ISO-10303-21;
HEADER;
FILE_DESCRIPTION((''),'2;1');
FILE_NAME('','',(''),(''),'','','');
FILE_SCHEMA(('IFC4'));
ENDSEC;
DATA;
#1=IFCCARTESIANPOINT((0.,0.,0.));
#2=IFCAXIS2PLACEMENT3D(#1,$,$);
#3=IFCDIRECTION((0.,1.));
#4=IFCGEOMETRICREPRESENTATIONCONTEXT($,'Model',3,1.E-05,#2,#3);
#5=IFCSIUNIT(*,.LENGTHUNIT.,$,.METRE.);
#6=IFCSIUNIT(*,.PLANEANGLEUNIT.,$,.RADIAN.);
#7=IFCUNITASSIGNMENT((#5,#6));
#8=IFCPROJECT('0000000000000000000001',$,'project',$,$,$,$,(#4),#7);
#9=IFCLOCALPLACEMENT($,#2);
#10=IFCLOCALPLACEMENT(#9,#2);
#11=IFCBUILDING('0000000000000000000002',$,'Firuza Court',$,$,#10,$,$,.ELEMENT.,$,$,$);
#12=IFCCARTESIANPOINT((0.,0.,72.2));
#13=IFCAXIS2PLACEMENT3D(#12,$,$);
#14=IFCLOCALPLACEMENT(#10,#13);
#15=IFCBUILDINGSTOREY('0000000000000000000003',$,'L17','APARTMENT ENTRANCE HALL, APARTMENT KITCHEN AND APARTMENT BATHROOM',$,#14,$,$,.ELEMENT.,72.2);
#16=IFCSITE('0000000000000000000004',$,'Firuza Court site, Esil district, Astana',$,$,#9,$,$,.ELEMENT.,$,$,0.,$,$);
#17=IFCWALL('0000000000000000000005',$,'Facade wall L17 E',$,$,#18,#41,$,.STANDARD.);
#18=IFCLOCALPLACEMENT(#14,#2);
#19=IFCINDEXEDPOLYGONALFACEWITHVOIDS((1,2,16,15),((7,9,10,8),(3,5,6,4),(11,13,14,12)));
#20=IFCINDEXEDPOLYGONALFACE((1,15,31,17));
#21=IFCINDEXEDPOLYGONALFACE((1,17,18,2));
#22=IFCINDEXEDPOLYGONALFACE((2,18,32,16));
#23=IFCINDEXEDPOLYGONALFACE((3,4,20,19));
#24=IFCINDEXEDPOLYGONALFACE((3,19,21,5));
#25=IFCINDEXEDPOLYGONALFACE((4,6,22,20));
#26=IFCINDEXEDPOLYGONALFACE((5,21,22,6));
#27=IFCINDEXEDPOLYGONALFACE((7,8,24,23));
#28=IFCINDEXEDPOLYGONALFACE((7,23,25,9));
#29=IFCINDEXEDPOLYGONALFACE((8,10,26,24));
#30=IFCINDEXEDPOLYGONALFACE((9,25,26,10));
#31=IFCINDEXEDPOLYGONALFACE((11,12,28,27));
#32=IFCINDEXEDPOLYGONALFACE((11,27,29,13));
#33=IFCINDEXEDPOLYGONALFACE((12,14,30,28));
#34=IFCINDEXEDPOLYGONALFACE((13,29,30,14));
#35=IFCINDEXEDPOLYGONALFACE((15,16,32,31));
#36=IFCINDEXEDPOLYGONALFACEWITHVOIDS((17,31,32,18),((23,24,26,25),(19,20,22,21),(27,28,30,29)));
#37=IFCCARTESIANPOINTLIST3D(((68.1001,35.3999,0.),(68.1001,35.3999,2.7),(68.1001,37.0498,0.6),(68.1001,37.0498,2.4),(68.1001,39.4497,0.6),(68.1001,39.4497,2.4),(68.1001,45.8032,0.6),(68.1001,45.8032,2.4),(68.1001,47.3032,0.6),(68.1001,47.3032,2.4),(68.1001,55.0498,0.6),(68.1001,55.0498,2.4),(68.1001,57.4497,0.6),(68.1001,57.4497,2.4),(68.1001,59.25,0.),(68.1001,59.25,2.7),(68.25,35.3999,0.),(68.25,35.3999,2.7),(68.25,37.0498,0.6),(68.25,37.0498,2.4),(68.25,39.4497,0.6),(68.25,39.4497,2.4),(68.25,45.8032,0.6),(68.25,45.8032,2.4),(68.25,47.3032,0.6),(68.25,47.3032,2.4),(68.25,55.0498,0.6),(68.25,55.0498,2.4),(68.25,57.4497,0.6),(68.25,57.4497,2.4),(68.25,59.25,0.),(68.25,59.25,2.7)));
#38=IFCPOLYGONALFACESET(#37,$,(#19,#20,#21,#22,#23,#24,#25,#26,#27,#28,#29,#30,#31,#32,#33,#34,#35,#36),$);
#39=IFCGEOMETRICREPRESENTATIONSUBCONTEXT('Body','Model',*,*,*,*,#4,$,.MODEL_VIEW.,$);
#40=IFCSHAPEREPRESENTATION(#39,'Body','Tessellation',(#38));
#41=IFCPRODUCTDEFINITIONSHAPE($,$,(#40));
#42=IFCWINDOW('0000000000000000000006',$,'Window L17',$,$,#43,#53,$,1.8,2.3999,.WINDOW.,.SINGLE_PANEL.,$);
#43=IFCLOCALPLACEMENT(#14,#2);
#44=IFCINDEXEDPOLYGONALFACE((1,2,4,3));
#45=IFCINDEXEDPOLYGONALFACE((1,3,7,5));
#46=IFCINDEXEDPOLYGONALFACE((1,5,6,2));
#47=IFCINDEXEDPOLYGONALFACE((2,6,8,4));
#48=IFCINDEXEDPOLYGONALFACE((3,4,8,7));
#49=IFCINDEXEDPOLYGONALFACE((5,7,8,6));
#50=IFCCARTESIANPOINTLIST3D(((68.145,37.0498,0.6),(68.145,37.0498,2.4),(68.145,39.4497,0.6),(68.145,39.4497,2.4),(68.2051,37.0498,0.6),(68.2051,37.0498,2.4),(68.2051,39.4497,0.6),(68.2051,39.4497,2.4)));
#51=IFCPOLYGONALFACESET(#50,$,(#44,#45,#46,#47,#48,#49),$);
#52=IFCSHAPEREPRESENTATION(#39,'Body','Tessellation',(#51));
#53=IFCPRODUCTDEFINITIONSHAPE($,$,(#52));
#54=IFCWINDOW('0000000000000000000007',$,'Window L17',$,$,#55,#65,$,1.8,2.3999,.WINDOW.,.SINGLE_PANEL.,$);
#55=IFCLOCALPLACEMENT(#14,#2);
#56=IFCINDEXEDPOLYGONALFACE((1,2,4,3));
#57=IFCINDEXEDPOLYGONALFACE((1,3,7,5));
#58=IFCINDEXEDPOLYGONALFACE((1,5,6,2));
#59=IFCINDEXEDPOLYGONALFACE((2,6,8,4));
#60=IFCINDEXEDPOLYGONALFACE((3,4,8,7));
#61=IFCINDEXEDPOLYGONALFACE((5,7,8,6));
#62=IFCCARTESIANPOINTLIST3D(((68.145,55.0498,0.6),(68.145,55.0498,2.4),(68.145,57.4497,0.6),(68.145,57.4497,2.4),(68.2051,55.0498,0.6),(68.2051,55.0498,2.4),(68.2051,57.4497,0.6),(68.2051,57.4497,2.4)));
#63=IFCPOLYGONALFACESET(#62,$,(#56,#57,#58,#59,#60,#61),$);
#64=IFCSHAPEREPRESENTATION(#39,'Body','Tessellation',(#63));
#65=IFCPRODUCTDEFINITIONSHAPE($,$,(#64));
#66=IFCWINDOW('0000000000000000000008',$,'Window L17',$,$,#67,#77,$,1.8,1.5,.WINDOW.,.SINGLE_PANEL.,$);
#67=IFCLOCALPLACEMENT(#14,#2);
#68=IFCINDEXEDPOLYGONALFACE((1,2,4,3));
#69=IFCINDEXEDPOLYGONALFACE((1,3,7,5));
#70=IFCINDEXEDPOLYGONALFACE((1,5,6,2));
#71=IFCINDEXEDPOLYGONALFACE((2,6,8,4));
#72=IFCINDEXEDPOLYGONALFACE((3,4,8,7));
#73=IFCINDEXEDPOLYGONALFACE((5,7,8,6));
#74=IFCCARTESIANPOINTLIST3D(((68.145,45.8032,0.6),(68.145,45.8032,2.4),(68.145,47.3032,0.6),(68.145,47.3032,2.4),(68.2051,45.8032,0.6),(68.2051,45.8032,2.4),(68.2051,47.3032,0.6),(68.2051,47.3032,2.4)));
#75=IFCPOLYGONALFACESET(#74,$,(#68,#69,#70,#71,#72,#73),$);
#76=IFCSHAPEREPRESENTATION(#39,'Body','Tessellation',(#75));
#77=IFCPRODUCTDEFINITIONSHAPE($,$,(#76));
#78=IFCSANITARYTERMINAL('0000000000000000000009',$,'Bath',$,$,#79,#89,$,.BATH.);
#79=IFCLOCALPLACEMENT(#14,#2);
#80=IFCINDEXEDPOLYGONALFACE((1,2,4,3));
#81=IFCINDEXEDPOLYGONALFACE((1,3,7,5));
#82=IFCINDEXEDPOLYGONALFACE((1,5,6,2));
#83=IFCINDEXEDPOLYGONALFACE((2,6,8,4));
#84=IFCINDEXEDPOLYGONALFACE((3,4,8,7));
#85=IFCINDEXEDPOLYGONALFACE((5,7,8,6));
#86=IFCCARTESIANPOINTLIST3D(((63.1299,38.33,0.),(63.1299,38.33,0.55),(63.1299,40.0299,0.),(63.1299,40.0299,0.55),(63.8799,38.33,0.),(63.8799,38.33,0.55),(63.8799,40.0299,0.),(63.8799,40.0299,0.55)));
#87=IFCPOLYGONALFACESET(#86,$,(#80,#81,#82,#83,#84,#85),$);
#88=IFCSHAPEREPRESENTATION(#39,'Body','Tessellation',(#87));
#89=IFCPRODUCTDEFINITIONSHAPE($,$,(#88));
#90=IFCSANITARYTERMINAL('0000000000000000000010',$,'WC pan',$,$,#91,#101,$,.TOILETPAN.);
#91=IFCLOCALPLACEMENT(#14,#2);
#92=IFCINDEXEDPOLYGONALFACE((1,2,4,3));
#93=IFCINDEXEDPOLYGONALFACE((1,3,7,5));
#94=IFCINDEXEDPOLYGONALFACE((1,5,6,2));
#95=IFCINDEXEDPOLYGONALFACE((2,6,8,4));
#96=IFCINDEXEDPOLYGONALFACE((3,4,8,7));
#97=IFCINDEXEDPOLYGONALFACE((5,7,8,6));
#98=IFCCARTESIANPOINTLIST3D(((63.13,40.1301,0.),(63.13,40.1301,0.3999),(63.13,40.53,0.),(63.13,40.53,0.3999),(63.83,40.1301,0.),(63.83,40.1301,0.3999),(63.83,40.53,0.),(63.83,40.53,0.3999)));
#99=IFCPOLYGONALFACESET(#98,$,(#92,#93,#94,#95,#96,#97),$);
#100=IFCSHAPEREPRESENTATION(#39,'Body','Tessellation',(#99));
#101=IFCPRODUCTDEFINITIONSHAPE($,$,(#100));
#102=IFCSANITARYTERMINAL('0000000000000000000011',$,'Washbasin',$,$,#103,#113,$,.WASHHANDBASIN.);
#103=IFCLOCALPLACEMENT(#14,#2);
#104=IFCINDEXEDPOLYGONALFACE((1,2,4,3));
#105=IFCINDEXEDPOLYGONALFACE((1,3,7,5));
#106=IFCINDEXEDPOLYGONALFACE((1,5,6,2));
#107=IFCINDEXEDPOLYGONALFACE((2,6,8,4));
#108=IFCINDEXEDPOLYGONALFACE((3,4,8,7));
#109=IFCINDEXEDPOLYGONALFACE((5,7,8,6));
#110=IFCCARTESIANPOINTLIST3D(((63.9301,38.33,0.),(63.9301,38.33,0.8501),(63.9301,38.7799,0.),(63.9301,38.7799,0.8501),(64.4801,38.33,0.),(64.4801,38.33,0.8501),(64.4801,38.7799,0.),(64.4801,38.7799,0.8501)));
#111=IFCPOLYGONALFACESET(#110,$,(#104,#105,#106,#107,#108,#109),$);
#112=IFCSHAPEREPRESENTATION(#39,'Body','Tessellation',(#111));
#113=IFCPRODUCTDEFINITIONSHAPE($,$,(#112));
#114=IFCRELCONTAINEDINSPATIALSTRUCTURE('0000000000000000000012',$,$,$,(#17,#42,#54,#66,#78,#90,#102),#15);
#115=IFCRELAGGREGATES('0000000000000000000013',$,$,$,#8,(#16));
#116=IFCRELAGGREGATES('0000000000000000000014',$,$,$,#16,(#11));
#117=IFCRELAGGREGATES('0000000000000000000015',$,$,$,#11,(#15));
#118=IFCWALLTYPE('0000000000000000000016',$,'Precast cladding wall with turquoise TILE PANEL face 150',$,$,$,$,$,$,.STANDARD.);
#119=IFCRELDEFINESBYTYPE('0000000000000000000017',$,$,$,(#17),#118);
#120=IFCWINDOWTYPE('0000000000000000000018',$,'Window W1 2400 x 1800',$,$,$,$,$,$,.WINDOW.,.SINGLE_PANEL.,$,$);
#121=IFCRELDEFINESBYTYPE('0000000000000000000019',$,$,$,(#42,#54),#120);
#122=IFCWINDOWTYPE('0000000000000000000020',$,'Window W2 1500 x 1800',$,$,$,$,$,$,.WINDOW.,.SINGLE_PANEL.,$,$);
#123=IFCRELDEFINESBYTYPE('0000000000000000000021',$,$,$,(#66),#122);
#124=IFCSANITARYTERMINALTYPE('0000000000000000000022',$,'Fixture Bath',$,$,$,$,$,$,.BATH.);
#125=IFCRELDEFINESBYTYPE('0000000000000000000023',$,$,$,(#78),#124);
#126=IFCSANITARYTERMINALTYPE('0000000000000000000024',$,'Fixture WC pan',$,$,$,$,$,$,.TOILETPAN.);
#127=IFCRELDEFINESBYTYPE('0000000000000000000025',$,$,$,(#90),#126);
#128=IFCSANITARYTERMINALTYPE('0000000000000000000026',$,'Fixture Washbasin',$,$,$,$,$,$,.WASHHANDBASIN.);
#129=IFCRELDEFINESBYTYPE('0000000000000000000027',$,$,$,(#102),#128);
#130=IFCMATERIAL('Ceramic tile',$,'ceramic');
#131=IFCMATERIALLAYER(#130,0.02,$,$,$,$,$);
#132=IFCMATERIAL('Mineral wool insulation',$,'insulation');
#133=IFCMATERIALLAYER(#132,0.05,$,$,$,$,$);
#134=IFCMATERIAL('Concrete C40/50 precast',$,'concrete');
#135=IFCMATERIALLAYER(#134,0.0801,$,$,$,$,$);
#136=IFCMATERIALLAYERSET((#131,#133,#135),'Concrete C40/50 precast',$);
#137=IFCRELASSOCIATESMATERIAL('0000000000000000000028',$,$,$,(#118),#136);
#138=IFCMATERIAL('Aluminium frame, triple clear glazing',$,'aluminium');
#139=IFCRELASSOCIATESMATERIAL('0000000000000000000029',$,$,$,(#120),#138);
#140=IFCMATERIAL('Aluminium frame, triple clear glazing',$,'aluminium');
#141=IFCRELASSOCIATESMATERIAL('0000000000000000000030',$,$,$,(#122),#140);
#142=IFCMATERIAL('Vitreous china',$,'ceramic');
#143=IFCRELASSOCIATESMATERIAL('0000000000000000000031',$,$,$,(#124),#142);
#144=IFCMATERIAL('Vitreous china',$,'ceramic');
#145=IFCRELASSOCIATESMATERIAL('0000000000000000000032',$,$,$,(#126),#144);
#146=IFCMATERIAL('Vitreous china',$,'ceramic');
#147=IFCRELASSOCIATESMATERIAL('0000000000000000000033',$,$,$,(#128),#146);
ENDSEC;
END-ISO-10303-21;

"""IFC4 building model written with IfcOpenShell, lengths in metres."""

from ifc_helpers import new_model, si_unit, direction, frame, frame_2d, origin, origin_2d, place, context, subcontext, project, spatial, rectangle, extrude, material, layer, layer_set, type_object, element, fill, save


model = new_model("IFC4")

# Units and contexts
model_context = context("Model", 3, precision=1e-05, world=origin(), true_north=direction((0.0, 1.0)))
body_context = subcontext(model_context, "Body", "Model", "MODEL_VIEW")
ifc_project = project(units=[si_unit("LENGTHUNIT", "METRE"), si_unit("PLANEANGLEUNIT", "RADIAN")], contexts=[model_context])

# Site, building, storey
site_placement = place(None, origin())
site = spatial("IfcSite", under=ifc_project, at=site_placement, Name="Firuza Court site, Esil district, Astana", CompositionType="ELEMENT", RefElevation=0.0)
building_placement = place(site_placement, origin())
building = spatial("IfcBuilding", under=site, at=building_placement, Name="Firuza Court", CompositionType="ELEMENT")
storey_placement = place(building_placement, frame((0.0, 0.0, 72.2)))
storey = spatial("IfcBuildingStorey", under=building, at=storey_placement, Name="L17", Description="APARTMENT ENTRANCE HALL, APARTMENT KITCHEN AND APARTMENT BATHROOM", CompositionType="ELEMENT", Elevation=72.2)

# Wall, openings, windows
ifc_material_1 = material(Name="Ceramic tile", Category="ceramic")
ifc_layer_1 = layer(ifc_material_1, 0.02)
ifc_material_2 = material(Name="Mineral wool insulation", Category="insulation")
ifc_layer_2 = layer(ifc_material_2, 0.05)
ifc_material_3 = material(Name="Concrete C40/50 precast", Category="concrete")
ifc_layer_3 = layer(ifc_material_3, 0.0801)
ifc_layer_set_1 = layer_set([ifc_layer_1, ifc_layer_2, ifc_layer_3], Name="Concrete C40/50 precast")
wall_type_1 = type_object("IfcWallType", Name="Precast cladding wall with turquoise TILE PANEL face 150", PredefinedType="STANDARD", material=ifc_layer_set_1)
wall_1_placement = place(storey_placement, frame((68.175, 35.3999, 0.0), z_axis=(0.0, 0.0, 1.0), x_axis=(0.0, 1.0, 0.0)))
wall_1 = element("IfcWall", 1, at=wall_1_placement, inside=storey, type_object=wall_type_1, Name="Facade wall L17 E", PredefinedType="STANDARD", context=body_context, shape_type="SweptSolid", body=[
    extrude(rectangle(XDim=23.8501, YDim=0.1499, at=frame_2d((11.925, 0.0))), origin(), (0.0, 0.0, 1.0), 2.7),
])
opening_1_placement = place(wall_1_placement, frame((1.6499, 0.0, 0.6001)))
opening_1 = element("IfcOpeningElement", 2, at=opening_1_placement, cuts=wall_1, PredefinedType="OPENING", context=body_context, shape_type="SweptSolid", body=[
    extrude(rectangle(XDim=2.3999, YDim=1.8, at=frame_2d((1.2, 0.8999))), frame((0.0, 0.0869, 0.0), z_axis=(0.0, -1.0, 0.0), x_axis=(1.0, 0.0, 0.0)), (0.0, 0.0, 1.0), 0.1738),
])
opening_2_placement = place(wall_1_placement, frame((10.4033, 0.0, 0.6001)))
opening_2 = element("IfcOpeningElement", 3, at=opening_2_placement, cuts=wall_1, PredefinedType="OPENING", context=body_context, shape_type="SweptSolid", body=[
    extrude(rectangle(XDim=1.5, YDim=1.8, at=frame_2d((0.75, 0.8999))), frame((0.0, 0.0869, 0.0), z_axis=(0.0, -1.0, 0.0), x_axis=(1.0, 0.0, 0.0)), (0.0, 0.0, 1.0), 0.1738),
])
opening_3_placement = place(wall_1_placement, frame((19.6499, 0.0, 0.6001)))
opening_3 = element("IfcOpeningElement", 4, at=opening_3_placement, cuts=wall_1, PredefinedType="OPENING", context=body_context, shape_type="SweptSolid", body=[
    extrude(rectangle(XDim=2.3999, YDim=1.8, at=frame_2d((1.2, 0.8999))), frame((0.0, 0.0869, 0.0), z_axis=(0.0, -1.0, 0.0), x_axis=(1.0, 0.0, 0.0)), (0.0, 0.0, 1.0), 0.1738),
])
ifc_material_4 = material(Name="Aluminium frame, triple clear glazing", Category="aluminium")
window_type_1 = type_object("IfcWindowType", Name="Window W1 2400 x 1800", PartitioningType="SINGLE_PANEL", PredefinedType="WINDOW", material=ifc_material_4)
window_1_placement = place(opening_1_placement, origin())
window_1 = element("IfcWindow", 5, at=window_1_placement, inside=storey, type_object=window_type_1, Name="Window L17", OverallHeight=1.8, OverallWidth=2.3999, PartitioningType="SINGLE_PANEL", PredefinedType="WINDOW", context=body_context, shape_type="SweptSolid", body=[
    extrude(rectangle(XDim=2.3999, YDim=1.8, at=frame_2d((1.2, 0.8999))), frame((0.0, 0.03, 0.0), z_axis=(0.0, -1.0, 0.0), x_axis=(1.0, 0.0, 0.0)), (0.0, 0.0, 1.0), 0.0601),
])
fill(opening_1, window_1)
window_2_placement = place(opening_3_placement, origin())
window_2 = element("IfcWindow", 6, at=window_2_placement, inside=storey, type_object=window_type_1, Name="Window L17", OverallHeight=1.8, OverallWidth=2.3999, PartitioningType="SINGLE_PANEL", PredefinedType="WINDOW", context=body_context, shape_type="SweptSolid", body=[
    extrude(rectangle(XDim=2.3999, YDim=1.8, at=frame_2d((1.2, 0.8999))), frame((0.0, 0.03, 0.0), z_axis=(0.0, -1.0, 0.0), x_axis=(1.0, 0.0, 0.0)), (0.0, 0.0, 1.0), 0.0601),
])
fill(opening_3, window_2)
ifc_material_5 = material(Name="Aluminium frame, triple clear glazing", Category="aluminium")
window_type_2 = type_object("IfcWindowType", Name="Window W2 1500 x 1800", PartitioningType="SINGLE_PANEL", PredefinedType="WINDOW", material=ifc_material_5)
window_3_placement = place(opening_2_placement, origin())
window_3 = element("IfcWindow", 7, at=window_3_placement, inside=storey, type_object=window_type_2, Name="Window L17", OverallHeight=1.8, OverallWidth=1.5, PartitioningType="SINGLE_PANEL", PredefinedType="WINDOW", context=body_context, shape_type="SweptSolid", body=[
    extrude(rectangle(XDim=1.5, YDim=1.8, at=frame_2d((0.75, 0.8999))), frame((0.0, 0.03, 0.0), z_axis=(0.0, -1.0, 0.0), x_axis=(1.0, 0.0, 0.0)), (0.0, 0.0, 1.0), 0.0601),
])
fill(opening_2, window_3)

# Sanitary terminals
ifc_material_6 = material(Name="Vitreous china", Category="ceramic")
sanitary_terminal_type_1 = type_object("IfcSanitaryTerminalType", Name="Fixture Bath", PredefinedType="BATH", material=ifc_material_6)
sanitary_terminal_1_placement = place(storey_placement, frame((63.5049, 39.1799, 0.0), z_axis=(0.0, 0.0, 1.0), x_axis=(1.0, 0.0, 0.0)))
element("IfcSanitaryTerminal", 8, at=sanitary_terminal_1_placement, inside=storey, type_object=sanitary_terminal_type_1, Name="Bath", PredefinedType="BATH", context=body_context, shape_type="SweptSolid", body=[
    extrude(rectangle(XDim=0.75, YDim=1.7, at=origin_2d()), origin(), (0.0, 0.0, 1.0), 0.55),
])
ifc_material_7 = material(Name="Vitreous china", Category="ceramic")
sanitary_terminal_type_2 = type_object("IfcSanitaryTerminalType", Name="Fixture WC pan", PredefinedType="TOILETPAN", material=ifc_material_7)
sanitary_terminal_2_placement = place(storey_placement, frame((63.48, 40.3301, 0.0), z_axis=(0.0, 0.0, 1.0), x_axis=(1.0, 0.0, 0.0)))
element("IfcSanitaryTerminal", 9, at=sanitary_terminal_2_placement, inside=storey, type_object=sanitary_terminal_type_2, Name="WC pan", PredefinedType="TOILETPAN", context=body_context, shape_type="SweptSolid", body=[
    extrude(rectangle(XDim=0.7, YDim=0.3999, at=origin_2d()), origin(), (0.0, 0.0, 1.0), 0.3999),
])
ifc_material_8 = material(Name="Vitreous china", Category="ceramic")
sanitary_terminal_type_3 = type_object("IfcSanitaryTerminalType", Name="Fixture Washbasin", PredefinedType="WASHHANDBASIN", material=ifc_material_8)
sanitary_terminal_3_placement = place(storey_placement, frame((64.2051, 38.5549, 0.0), z_axis=(0.0, 0.0, 1.0), x_axis=(1.0, 0.0, 0.0)))
element("IfcSanitaryTerminal", 10, at=sanitary_terminal_3_placement, inside=storey, type_object=sanitary_terminal_type_3, Name="Washbasin", PredefinedType="WASHHANDBASIN", context=body_context, shape_type="SweptSolid", body=[
    extrude(rectangle(XDim=0.55, YDim=0.45, at=origin_2d()), origin(), (0.0, 0.0, 1.0), 0.8501),
])

save(model, "model.ifc")
